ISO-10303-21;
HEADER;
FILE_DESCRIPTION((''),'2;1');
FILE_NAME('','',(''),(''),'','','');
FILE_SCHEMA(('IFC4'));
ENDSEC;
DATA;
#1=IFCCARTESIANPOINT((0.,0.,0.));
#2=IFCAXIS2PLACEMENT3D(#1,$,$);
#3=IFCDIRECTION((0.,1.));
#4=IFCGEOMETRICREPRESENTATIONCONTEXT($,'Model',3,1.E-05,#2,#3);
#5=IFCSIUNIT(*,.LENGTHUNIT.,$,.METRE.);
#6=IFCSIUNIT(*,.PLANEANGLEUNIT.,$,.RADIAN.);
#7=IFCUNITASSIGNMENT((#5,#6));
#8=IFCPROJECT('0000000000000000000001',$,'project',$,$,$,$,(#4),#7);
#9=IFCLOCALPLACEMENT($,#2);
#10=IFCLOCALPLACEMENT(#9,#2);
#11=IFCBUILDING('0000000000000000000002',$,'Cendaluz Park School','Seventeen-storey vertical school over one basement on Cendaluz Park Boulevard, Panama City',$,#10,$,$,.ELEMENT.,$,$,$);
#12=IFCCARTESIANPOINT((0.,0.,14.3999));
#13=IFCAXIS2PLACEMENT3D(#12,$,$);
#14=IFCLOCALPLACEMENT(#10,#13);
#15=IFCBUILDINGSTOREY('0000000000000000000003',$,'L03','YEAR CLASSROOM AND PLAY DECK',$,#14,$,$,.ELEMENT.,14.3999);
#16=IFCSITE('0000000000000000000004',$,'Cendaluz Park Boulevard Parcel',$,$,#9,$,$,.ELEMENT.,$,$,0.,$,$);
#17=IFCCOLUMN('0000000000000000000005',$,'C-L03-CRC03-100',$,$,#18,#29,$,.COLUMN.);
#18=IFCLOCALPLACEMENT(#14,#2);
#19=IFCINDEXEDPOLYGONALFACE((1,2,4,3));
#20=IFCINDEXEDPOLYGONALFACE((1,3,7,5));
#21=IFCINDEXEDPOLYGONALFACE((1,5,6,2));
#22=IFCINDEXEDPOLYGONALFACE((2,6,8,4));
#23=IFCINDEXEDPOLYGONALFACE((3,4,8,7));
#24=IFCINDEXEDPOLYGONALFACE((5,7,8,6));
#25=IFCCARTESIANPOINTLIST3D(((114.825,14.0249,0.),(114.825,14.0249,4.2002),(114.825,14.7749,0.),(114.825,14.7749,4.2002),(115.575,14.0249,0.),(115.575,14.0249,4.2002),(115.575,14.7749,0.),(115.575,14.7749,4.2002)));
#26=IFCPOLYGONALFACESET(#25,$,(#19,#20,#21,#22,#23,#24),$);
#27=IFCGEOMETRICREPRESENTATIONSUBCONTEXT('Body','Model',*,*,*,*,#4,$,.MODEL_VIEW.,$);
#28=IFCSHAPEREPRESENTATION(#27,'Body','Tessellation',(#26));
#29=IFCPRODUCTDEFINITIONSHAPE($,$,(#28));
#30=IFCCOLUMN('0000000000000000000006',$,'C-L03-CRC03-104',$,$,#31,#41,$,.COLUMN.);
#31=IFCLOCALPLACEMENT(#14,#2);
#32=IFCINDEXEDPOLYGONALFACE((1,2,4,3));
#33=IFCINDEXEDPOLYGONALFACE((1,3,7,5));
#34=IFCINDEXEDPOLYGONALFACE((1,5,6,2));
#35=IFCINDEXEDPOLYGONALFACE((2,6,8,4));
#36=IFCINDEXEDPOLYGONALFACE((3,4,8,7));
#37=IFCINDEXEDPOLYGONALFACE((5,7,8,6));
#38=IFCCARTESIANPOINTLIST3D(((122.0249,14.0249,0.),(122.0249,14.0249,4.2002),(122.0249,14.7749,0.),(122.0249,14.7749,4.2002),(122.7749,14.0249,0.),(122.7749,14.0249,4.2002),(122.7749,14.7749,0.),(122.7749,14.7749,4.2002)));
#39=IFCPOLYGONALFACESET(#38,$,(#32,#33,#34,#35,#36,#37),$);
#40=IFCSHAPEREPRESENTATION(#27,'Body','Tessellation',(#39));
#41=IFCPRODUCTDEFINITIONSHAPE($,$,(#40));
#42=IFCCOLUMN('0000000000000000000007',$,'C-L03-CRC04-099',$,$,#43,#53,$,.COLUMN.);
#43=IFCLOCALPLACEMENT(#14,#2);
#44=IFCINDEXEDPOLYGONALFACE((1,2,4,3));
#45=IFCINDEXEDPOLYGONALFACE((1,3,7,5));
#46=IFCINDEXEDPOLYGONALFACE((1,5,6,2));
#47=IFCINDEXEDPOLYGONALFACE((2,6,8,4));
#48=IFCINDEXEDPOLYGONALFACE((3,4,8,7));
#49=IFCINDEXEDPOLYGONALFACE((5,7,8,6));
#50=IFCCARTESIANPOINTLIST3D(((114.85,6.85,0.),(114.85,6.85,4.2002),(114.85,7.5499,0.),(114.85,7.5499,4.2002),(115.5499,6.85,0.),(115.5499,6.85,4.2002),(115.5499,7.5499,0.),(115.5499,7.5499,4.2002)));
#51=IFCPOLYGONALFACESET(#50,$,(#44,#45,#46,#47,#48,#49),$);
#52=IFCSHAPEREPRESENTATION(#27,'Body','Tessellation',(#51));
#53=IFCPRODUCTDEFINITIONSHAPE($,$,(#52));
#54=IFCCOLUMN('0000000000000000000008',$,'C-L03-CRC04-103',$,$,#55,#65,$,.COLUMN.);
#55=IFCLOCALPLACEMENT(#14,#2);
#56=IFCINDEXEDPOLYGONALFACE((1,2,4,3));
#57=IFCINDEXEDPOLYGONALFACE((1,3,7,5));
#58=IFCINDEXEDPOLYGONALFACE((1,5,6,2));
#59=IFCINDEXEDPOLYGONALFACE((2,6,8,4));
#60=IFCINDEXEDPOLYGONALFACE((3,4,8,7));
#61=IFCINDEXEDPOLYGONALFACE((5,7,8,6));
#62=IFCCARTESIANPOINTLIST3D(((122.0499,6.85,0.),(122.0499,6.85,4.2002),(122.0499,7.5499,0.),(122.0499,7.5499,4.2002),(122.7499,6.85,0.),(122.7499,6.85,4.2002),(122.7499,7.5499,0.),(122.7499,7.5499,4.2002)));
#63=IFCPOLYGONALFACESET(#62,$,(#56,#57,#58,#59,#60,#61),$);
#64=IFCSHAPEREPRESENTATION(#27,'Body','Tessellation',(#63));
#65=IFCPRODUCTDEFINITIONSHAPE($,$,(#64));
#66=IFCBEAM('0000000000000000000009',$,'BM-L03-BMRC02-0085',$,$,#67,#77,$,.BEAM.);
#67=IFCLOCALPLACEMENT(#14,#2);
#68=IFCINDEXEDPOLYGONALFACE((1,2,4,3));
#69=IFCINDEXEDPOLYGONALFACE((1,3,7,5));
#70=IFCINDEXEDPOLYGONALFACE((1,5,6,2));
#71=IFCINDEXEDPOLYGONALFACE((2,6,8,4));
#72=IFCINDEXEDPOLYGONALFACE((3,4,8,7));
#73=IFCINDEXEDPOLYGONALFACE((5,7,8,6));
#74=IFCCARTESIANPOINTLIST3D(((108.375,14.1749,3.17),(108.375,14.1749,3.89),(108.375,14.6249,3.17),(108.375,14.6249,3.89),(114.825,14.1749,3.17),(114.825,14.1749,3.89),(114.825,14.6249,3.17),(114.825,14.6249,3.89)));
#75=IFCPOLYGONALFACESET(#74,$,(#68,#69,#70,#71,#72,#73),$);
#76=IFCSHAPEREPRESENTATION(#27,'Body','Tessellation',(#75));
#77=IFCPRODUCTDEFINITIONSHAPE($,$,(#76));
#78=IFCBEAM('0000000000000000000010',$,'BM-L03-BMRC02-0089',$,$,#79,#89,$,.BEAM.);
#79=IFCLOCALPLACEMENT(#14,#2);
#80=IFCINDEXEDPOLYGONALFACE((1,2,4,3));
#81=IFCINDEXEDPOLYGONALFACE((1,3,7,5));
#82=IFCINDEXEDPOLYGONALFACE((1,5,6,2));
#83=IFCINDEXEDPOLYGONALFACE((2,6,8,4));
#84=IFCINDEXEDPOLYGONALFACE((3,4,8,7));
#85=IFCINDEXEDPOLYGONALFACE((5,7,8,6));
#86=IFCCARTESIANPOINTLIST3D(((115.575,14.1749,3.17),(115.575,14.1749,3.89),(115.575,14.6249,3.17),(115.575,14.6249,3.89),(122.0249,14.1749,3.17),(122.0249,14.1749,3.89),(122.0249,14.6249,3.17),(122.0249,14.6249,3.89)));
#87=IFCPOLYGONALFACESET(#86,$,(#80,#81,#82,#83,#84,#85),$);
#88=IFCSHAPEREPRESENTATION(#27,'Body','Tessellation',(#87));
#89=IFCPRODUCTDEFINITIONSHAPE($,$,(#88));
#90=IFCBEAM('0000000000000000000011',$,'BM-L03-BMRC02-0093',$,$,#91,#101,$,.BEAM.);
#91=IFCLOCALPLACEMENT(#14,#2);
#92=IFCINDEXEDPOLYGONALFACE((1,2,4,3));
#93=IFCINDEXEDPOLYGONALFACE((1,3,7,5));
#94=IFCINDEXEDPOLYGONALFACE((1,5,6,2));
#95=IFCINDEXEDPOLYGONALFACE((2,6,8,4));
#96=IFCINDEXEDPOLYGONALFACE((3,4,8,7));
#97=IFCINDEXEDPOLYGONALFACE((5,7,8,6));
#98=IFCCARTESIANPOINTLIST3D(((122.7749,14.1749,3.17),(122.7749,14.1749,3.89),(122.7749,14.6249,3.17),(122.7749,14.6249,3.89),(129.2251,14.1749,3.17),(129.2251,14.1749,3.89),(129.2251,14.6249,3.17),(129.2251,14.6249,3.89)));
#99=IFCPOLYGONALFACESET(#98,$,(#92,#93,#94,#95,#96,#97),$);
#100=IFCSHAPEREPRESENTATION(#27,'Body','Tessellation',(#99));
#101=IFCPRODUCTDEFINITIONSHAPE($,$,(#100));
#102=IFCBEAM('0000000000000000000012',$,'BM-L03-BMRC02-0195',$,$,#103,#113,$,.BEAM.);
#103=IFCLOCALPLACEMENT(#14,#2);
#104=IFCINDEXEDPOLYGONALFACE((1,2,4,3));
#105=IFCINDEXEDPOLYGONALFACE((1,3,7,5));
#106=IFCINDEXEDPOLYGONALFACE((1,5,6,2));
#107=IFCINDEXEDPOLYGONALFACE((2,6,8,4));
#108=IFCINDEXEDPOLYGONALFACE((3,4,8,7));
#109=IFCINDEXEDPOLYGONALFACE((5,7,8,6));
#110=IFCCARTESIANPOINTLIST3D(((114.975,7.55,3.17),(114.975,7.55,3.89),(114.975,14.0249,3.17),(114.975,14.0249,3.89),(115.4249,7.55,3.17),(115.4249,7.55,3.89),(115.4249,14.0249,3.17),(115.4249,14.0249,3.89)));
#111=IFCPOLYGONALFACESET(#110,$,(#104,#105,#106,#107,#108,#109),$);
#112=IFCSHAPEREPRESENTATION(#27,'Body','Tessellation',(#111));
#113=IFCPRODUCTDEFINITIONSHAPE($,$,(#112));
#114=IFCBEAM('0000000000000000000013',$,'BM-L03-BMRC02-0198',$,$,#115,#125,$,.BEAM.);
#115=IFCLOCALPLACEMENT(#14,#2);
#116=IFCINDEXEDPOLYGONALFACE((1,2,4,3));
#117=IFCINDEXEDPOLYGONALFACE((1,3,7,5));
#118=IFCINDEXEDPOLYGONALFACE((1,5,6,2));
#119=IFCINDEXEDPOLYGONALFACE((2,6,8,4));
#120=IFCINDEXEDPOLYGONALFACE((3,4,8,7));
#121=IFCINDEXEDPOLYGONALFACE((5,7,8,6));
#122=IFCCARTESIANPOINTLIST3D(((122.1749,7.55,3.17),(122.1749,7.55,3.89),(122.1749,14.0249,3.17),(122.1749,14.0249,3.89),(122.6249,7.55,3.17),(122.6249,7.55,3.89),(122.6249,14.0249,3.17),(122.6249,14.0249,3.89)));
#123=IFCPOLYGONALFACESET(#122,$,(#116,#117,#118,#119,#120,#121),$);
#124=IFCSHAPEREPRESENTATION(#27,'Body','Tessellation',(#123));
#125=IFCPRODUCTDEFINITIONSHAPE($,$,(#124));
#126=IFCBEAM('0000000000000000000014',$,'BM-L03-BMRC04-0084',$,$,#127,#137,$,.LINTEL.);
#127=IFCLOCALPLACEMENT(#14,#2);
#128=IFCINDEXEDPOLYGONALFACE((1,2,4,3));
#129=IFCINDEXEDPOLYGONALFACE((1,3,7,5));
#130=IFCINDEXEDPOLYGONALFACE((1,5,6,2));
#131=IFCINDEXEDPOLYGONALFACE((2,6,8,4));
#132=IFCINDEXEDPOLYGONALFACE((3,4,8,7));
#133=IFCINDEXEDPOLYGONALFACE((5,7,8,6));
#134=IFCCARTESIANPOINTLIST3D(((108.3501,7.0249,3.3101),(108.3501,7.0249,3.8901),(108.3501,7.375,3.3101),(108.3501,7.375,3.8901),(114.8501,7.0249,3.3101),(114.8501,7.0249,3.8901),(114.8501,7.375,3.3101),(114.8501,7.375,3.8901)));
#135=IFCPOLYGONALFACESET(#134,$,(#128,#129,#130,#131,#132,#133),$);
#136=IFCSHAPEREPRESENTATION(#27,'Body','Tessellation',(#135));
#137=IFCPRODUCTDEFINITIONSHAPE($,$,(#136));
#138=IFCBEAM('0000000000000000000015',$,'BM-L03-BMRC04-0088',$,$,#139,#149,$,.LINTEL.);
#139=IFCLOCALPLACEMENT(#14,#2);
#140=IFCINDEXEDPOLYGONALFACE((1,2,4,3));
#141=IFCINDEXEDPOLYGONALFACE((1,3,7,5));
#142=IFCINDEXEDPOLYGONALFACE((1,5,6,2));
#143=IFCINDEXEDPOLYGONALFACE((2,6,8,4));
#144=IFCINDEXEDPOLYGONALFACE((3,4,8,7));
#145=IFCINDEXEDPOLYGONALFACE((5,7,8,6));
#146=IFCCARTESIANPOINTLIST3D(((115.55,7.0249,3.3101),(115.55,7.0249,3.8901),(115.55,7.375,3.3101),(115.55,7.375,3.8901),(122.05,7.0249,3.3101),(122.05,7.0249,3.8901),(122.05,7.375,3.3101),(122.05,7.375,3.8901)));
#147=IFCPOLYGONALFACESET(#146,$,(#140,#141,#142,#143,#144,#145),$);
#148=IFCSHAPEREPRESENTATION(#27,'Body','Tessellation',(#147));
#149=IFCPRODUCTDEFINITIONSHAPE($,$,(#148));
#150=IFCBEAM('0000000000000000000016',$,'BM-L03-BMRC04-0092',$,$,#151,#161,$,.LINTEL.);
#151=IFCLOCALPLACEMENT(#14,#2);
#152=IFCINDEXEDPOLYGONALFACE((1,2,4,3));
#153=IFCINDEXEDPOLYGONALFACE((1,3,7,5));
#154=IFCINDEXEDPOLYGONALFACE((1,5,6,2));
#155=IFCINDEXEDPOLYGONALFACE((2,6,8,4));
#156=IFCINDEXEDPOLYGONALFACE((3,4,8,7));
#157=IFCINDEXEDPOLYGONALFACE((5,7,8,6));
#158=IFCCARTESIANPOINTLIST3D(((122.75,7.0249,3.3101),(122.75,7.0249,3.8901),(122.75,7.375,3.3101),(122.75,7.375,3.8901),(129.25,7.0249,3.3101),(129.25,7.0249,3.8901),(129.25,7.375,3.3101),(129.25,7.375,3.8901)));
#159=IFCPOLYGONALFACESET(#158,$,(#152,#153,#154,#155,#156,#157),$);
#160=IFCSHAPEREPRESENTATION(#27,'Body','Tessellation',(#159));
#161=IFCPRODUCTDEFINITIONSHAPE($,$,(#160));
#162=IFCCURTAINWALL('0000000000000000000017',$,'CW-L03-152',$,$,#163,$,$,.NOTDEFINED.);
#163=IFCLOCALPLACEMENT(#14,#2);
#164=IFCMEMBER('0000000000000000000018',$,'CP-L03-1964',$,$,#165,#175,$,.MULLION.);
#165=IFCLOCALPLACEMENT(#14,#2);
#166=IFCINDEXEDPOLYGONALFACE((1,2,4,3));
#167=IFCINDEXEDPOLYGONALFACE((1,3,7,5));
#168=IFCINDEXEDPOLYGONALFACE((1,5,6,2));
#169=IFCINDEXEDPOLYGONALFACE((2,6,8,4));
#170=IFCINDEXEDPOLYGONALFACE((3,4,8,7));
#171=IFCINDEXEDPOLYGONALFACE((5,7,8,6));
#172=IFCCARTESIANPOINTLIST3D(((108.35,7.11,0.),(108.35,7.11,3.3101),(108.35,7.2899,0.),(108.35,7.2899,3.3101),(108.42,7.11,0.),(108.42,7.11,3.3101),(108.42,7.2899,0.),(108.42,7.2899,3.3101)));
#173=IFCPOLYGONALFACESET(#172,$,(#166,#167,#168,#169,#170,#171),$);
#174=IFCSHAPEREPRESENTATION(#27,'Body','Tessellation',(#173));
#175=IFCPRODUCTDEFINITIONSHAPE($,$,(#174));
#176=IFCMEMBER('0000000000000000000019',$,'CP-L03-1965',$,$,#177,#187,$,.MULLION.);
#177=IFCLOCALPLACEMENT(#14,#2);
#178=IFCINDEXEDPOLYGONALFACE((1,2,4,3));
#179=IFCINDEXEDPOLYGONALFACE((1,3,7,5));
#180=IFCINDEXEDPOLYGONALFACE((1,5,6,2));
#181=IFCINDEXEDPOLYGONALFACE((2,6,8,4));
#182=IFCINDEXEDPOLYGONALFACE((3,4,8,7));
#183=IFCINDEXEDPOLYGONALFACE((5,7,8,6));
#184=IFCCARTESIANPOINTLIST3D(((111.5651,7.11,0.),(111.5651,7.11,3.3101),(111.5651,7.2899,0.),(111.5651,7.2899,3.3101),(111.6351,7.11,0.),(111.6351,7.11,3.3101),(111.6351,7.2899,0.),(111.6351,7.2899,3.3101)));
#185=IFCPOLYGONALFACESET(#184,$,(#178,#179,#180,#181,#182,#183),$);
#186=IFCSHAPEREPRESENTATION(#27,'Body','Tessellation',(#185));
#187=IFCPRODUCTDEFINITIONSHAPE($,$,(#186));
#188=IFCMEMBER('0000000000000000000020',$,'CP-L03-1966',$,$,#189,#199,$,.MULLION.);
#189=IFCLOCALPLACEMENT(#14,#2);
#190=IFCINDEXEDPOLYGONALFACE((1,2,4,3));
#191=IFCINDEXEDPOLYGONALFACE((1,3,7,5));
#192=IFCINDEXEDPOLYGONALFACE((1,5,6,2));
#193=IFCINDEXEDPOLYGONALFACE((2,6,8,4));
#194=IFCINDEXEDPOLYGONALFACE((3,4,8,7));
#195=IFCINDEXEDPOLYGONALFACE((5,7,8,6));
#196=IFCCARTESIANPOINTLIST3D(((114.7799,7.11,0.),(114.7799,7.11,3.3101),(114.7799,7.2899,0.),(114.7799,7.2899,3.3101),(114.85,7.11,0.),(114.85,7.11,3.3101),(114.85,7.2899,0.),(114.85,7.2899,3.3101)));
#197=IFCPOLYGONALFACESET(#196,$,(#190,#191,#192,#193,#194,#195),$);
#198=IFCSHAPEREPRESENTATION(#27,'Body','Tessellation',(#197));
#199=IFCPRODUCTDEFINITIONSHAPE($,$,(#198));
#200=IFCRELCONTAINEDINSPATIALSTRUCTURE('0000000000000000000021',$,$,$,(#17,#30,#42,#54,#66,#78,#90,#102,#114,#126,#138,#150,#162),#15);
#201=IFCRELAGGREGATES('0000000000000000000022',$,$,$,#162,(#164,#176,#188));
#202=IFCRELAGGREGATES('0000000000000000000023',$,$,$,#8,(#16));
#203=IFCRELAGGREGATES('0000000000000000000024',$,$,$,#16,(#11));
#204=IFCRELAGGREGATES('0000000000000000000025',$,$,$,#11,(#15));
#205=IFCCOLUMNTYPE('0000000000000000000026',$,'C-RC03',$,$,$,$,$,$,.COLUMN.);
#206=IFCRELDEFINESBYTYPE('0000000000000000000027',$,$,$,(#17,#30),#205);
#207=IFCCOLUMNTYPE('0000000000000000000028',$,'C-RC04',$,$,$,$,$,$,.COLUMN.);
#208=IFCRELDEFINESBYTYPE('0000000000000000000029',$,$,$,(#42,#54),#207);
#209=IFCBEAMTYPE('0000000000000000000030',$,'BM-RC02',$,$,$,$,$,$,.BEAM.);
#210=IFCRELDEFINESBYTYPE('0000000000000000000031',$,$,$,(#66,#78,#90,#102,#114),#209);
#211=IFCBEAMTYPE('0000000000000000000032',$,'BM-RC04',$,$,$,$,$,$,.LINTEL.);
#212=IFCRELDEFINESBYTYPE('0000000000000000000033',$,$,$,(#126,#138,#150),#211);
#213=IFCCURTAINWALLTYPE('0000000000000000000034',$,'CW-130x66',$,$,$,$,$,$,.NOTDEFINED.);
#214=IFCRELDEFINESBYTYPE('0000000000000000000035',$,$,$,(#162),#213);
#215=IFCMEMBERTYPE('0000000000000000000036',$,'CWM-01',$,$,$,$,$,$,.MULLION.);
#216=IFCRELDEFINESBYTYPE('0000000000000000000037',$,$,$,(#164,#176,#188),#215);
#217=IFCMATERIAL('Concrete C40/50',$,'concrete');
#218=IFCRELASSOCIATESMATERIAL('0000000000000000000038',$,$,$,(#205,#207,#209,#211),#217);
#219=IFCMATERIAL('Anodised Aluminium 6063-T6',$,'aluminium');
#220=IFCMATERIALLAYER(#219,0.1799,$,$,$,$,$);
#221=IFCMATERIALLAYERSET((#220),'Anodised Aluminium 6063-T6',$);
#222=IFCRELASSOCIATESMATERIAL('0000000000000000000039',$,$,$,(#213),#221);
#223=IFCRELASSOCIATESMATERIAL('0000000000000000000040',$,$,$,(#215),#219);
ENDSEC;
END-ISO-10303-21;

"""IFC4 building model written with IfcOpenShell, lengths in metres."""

from ifc_helpers import new_model, si_unit, direction, frame, origin, origin_2d, place, context, subcontext, project, spatial, rectangle, extrude, material, layer, layer_set, material_profile, profile_set, type_object, element, aggregate, save


model = new_model("IFC4")

# Units and contexts
model_context = context("Model", 3, precision=1e-05, world=origin(), true_north=direction((0.0, 1.0)))
body_context = subcontext(model_context, "Body", "Model", "MODEL_VIEW")
ifc_project = project(units=[si_unit("LENGTHUNIT", "METRE"), si_unit("PLANEANGLEUNIT", "RADIAN")], contexts=[model_context])

# Site, building, storey
site_placement = place(None, origin())
site = spatial("IfcSite", under=ifc_project, at=site_placement, Name="Cendaluz Park Boulevard Parcel", CompositionType="ELEMENT", RefElevation=0.0)
building_placement = place(site_placement, origin())
building = spatial("IfcBuilding", under=site, at=building_placement, Name="Cendaluz Park School", Description="Seventeen-storey vertical school over one basement on Cendaluz Park Boulevard, Panama City", CompositionType="ELEMENT")
storey_placement = place(building_placement, frame((0.0, 0.0, 14.3999)))
storey = spatial("IfcBuildingStorey", under=building, at=storey_placement, Name="L03", Description="YEAR CLASSROOM AND PLAY DECK", CompositionType="ELEMENT", Elevation=14.3999)

# Columns
ifc_material_1 = material(Name="Concrete C40/50", Category="concrete")
ifc_material_profile_1 = material_profile(ifc_material_1, rectangle(XDim=0.75, YDim=0.75, at=origin_2d()), Name="RC 750x750", Category="concrete")
ifc_profile_set_1 = profile_set([ifc_material_profile_1], Name="Concrete C40/50")
column_type_1 = type_object("IfcColumnType", Name="C-RC03", PredefinedType="COLUMN", material=ifc_profile_set_1)
for number, where, z_axis, x_axis, name in (
    (1, (115.2, 14.3999, 0.0), (0.0, 0.0, 1.0), (1.0, 0.0, 0.0), "C-L03-CRC03-100"),
    (2, (122.3999, 14.3999, 0.0), (0.0, 0.0, 1.0), (1.0, 0.0, 0.0), "C-L03-CRC03-104"),
):
    element("IfcColumn", number, at=place(storey_placement, frame(where, z_axis=z_axis, x_axis=x_axis)), inside=storey, type_object=column_type_1, Name=name, PredefinedType="COLUMN", context=body_context, shape_type="SweptSolid", body=[
        extrude(rectangle(XDim=0.75, YDim=0.75, at=origin_2d()), origin(), (0.0, 0.0, 1.0), 4.2002),
    ])
ifc_material_profile_2 = material_profile(ifc_material_1, rectangle(XDim=0.7, YDim=0.7, at=origin_2d()), Name="RC 700x700", Category="concrete")
ifc_profile_set_2 = profile_set([ifc_material_profile_2], Name="Concrete C40/50")
column_type_2 = type_object("IfcColumnType", Name="C-RC04", PredefinedType="COLUMN", material=ifc_profile_set_2)
for number, where, z_axis, x_axis, name in (
    (3, (115.2, 7.2, 0.0), (0.0, 0.0, 1.0), (1.0, 0.0, 0.0), "C-L03-CRC04-099"),
    (4, (122.3999, 7.2, 0.0), (0.0, 0.0, 1.0), (1.0, 0.0, 0.0), "C-L03-CRC04-103"),
):
    element("IfcColumn", number, at=place(storey_placement, frame(where, z_axis=z_axis, x_axis=x_axis)), inside=storey, type_object=column_type_2, Name=name, PredefinedType="COLUMN", context=body_context, shape_type="SweptSolid", body=[
        extrude(rectangle(XDim=0.7, YDim=0.7, at=origin_2d()), origin(), (0.0, 0.0, 1.0), 4.2002),
    ])

# Beams
ifc_material_profile_3 = material_profile(ifc_material_1, rectangle(XDim=0.45, YDim=0.72, at=origin_2d()), Name="RC 450x720", Category="concrete")
ifc_profile_set_3 = profile_set([ifc_material_profile_3], Name="Concrete C40/50")
beam_type_1 = type_object("IfcBeamType", Name="BM-RC02", PredefinedType="BEAM", material=ifc_profile_set_3)
for number, where, z_axis, x_axis, name in (
    (5, (108.375, 14.3999, 3.53), (1.0, 0.0, 0.0), (0.0, 1.0, 0.0), "BM-L03-BMRC02-0085"),
    (6, (115.575, 14.3999, 3.53), (1.0, 0.0, 0.0), (0.0, 1.0, 0.0), "BM-L03-BMRC02-0089"),
):
    element("IfcBeam", number, at=place(storey_placement, frame(where, z_axis=z_axis, x_axis=x_axis)), inside=storey, type_object=beam_type_1, Name=name, PredefinedType="BEAM", context=body_context, shape_type="SweptSolid", body=[
        extrude(rectangle(XDim=0.45, YDim=0.72, at=origin_2d()), origin(), (0.0, 0.0, 1.0), 6.45),
    ])
beam_1_placement = place(storey_placement, frame((122.7749, 14.3999, 3.53), z_axis=(1.0, 0.0, 0.0), x_axis=(0.0, 1.0, 0.0)))
element("IfcBeam", 7, at=beam_1_placement, inside=storey, type_object=beam_type_1, Name="BM-L03-BMRC02-0093", PredefinedType="BEAM", context=body_context, shape_type="SweptSolid", body=[
    extrude(rectangle(XDim=0.45, YDim=0.72, at=origin_2d()), origin(), (0.0, 0.0, 1.0), 6.4502),
])
for number, where, z_axis, x_axis, name in (
    (8, (115.2, 7.55, 3.53), (0.0, 1.0, 0.0), (-1.0, 0.0, 0.0), "BM-L03-BMRC02-0195"),
    (9, (122.3999, 7.55, 3.53), (0.0, 1.0, 0.0), (-1.0, 0.0, 0.0), "BM-L03-BMRC02-0198"),
):
    element("IfcBeam", number, at=place(storey_placement, frame(where, z_axis=z_axis, x_axis=x_axis)), inside=storey, type_object=beam_type_1, Name=name, PredefinedType="BEAM", context=body_context, shape_type="SweptSolid", body=[
        extrude(rectangle(XDim=0.45, YDim=0.72, at=origin_2d()), origin(), (0.0, 0.0, 1.0), 6.4749),
    ])
ifc_material_profile_4 = material_profile(ifc_material_1, rectangle(XDim=0.3501, YDim=0.5801, at=origin_2d()), Name="RC 350x580", Category="concrete")
ifc_profile_set_4 = profile_set([ifc_material_profile_4], Name="Concrete C40/50")
beam_type_2 = type_object("IfcBeamType", Name="BM-RC04", PredefinedType="LINTEL", material=ifc_profile_set_4)
for number, where, z_axis, x_axis, name in (
    (10, (108.3501, 7.2, 3.6001), (1.0, 0.0, 0.0), (0.0, 1.0, 0.0), "BM-L03-BMRC04-0084"),
    (11, (115.55, 7.2, 3.6001), (1.0, 0.0, 0.0), (0.0, 1.0, 0.0), "BM-L03-BMRC04-0088"),
    (12, (122.75, 7.2, 3.6001), (1.0, 0.0, 0.0), (0.0, 1.0, 0.0), "BM-L03-BMRC04-0092"),
):
    element("IfcBeam", number, at=place(storey_placement, frame(where, z_axis=z_axis, x_axis=x_axis)), inside=storey, type_object=beam_type_2, Name=name, PredefinedType="LINTEL", context=body_context, shape_type="SweptSolid", body=[
        extrude(rectangle(XDim=0.3501, YDim=0.5801, at=origin_2d()), origin(), (0.0, 0.0, 1.0), 6.5),
    ])

# Curtain wall, members
ifc_material_2 = material(Name="Anodised Aluminium 6063-T6", Category="aluminium")
ifc_layer_1 = layer(ifc_material_2, 0.1799)
ifc_layer_set_1 = layer_set([ifc_layer_1], Name="Anodised Aluminium 6063-T6")
curtain_wall_type = type_object("IfcCurtainWallType", Name="CW-130x66", PredefinedType="NOTDEFINED", material=ifc_layer_set_1)
curtain_wall_placement = place(storey_placement, origin())
curtain_wall = element("IfcCurtainWall", 13, at=curtain_wall_placement, inside=storey, type_object=curtain_wall_type, Name="CW-L03-152", PredefinedType="NOTDEFINED")
ifc_material_profile_5 = material_profile(ifc_material_2, rectangle(XDim=0.1799, YDim=0.0701, at=origin_2d()), Name="CWM 180x70", Category="aluminium")
ifc_profile_set_5 = profile_set([ifc_material_profile_5], Name="Anodised Aluminium 6063-T6")
member_type_1 = type_object("IfcMemberType", Name="CWM-01", PredefinedType="MULLION", material=ifc_profile_set_5)
member_1_placement = place(storey_placement, frame((108.385, 7.2, 0.0), z_axis=(0.0, 0.0, 1.0), x_axis=(0.0, 1.0, 0.0)))
member_1 = element("IfcMember", 14, at=member_1_placement, type_object=member_type_1, Name="CP-L03-1964", PredefinedType="MULLION", context=body_context, shape_type="SweptSolid", body=[
    extrude(rectangle(XDim=0.1799, YDim=0.0701, at=origin_2d()), origin(), (0.0, 0.0, 1.0), 3.3101),
])
member_2_placement = place(storey_placement, frame((111.6001, 7.2, 0.0), z_axis=(0.0, 0.0, 1.0), x_axis=(0.0, 1.0, 0.0)))
member_2 = element("IfcMember", 15, at=member_2_placement, type_object=member_type_1, Name="CP-L03-1965", PredefinedType="MULLION", context=body_context, shape_type="SweptSolid", body=[
    extrude(rectangle(XDim=0.1799, YDim=0.0701, at=origin_2d()), origin(), (0.0, 0.0, 1.0), 3.3101),
])
member_3_placement = place(storey_placement, frame((114.8149, 7.2, 0.0), z_axis=(0.0, 0.0, 1.0), x_axis=(0.0, 1.0, 0.0)))
member_3 = element("IfcMember", 16, at=member_3_placement, type_object=member_type_1, Name="CP-L03-1966", PredefinedType="MULLION", context=body_context, shape_type="SweptSolid", body=[
    extrude(rectangle(XDim=0.1799, YDim=0.0701, at=origin_2d()), origin(), (0.0, 0.0, 1.0), 3.3101),
])

aggregate(curtain_wall, [member_1, member_2, member_3])

save(model, "model.ifc")
